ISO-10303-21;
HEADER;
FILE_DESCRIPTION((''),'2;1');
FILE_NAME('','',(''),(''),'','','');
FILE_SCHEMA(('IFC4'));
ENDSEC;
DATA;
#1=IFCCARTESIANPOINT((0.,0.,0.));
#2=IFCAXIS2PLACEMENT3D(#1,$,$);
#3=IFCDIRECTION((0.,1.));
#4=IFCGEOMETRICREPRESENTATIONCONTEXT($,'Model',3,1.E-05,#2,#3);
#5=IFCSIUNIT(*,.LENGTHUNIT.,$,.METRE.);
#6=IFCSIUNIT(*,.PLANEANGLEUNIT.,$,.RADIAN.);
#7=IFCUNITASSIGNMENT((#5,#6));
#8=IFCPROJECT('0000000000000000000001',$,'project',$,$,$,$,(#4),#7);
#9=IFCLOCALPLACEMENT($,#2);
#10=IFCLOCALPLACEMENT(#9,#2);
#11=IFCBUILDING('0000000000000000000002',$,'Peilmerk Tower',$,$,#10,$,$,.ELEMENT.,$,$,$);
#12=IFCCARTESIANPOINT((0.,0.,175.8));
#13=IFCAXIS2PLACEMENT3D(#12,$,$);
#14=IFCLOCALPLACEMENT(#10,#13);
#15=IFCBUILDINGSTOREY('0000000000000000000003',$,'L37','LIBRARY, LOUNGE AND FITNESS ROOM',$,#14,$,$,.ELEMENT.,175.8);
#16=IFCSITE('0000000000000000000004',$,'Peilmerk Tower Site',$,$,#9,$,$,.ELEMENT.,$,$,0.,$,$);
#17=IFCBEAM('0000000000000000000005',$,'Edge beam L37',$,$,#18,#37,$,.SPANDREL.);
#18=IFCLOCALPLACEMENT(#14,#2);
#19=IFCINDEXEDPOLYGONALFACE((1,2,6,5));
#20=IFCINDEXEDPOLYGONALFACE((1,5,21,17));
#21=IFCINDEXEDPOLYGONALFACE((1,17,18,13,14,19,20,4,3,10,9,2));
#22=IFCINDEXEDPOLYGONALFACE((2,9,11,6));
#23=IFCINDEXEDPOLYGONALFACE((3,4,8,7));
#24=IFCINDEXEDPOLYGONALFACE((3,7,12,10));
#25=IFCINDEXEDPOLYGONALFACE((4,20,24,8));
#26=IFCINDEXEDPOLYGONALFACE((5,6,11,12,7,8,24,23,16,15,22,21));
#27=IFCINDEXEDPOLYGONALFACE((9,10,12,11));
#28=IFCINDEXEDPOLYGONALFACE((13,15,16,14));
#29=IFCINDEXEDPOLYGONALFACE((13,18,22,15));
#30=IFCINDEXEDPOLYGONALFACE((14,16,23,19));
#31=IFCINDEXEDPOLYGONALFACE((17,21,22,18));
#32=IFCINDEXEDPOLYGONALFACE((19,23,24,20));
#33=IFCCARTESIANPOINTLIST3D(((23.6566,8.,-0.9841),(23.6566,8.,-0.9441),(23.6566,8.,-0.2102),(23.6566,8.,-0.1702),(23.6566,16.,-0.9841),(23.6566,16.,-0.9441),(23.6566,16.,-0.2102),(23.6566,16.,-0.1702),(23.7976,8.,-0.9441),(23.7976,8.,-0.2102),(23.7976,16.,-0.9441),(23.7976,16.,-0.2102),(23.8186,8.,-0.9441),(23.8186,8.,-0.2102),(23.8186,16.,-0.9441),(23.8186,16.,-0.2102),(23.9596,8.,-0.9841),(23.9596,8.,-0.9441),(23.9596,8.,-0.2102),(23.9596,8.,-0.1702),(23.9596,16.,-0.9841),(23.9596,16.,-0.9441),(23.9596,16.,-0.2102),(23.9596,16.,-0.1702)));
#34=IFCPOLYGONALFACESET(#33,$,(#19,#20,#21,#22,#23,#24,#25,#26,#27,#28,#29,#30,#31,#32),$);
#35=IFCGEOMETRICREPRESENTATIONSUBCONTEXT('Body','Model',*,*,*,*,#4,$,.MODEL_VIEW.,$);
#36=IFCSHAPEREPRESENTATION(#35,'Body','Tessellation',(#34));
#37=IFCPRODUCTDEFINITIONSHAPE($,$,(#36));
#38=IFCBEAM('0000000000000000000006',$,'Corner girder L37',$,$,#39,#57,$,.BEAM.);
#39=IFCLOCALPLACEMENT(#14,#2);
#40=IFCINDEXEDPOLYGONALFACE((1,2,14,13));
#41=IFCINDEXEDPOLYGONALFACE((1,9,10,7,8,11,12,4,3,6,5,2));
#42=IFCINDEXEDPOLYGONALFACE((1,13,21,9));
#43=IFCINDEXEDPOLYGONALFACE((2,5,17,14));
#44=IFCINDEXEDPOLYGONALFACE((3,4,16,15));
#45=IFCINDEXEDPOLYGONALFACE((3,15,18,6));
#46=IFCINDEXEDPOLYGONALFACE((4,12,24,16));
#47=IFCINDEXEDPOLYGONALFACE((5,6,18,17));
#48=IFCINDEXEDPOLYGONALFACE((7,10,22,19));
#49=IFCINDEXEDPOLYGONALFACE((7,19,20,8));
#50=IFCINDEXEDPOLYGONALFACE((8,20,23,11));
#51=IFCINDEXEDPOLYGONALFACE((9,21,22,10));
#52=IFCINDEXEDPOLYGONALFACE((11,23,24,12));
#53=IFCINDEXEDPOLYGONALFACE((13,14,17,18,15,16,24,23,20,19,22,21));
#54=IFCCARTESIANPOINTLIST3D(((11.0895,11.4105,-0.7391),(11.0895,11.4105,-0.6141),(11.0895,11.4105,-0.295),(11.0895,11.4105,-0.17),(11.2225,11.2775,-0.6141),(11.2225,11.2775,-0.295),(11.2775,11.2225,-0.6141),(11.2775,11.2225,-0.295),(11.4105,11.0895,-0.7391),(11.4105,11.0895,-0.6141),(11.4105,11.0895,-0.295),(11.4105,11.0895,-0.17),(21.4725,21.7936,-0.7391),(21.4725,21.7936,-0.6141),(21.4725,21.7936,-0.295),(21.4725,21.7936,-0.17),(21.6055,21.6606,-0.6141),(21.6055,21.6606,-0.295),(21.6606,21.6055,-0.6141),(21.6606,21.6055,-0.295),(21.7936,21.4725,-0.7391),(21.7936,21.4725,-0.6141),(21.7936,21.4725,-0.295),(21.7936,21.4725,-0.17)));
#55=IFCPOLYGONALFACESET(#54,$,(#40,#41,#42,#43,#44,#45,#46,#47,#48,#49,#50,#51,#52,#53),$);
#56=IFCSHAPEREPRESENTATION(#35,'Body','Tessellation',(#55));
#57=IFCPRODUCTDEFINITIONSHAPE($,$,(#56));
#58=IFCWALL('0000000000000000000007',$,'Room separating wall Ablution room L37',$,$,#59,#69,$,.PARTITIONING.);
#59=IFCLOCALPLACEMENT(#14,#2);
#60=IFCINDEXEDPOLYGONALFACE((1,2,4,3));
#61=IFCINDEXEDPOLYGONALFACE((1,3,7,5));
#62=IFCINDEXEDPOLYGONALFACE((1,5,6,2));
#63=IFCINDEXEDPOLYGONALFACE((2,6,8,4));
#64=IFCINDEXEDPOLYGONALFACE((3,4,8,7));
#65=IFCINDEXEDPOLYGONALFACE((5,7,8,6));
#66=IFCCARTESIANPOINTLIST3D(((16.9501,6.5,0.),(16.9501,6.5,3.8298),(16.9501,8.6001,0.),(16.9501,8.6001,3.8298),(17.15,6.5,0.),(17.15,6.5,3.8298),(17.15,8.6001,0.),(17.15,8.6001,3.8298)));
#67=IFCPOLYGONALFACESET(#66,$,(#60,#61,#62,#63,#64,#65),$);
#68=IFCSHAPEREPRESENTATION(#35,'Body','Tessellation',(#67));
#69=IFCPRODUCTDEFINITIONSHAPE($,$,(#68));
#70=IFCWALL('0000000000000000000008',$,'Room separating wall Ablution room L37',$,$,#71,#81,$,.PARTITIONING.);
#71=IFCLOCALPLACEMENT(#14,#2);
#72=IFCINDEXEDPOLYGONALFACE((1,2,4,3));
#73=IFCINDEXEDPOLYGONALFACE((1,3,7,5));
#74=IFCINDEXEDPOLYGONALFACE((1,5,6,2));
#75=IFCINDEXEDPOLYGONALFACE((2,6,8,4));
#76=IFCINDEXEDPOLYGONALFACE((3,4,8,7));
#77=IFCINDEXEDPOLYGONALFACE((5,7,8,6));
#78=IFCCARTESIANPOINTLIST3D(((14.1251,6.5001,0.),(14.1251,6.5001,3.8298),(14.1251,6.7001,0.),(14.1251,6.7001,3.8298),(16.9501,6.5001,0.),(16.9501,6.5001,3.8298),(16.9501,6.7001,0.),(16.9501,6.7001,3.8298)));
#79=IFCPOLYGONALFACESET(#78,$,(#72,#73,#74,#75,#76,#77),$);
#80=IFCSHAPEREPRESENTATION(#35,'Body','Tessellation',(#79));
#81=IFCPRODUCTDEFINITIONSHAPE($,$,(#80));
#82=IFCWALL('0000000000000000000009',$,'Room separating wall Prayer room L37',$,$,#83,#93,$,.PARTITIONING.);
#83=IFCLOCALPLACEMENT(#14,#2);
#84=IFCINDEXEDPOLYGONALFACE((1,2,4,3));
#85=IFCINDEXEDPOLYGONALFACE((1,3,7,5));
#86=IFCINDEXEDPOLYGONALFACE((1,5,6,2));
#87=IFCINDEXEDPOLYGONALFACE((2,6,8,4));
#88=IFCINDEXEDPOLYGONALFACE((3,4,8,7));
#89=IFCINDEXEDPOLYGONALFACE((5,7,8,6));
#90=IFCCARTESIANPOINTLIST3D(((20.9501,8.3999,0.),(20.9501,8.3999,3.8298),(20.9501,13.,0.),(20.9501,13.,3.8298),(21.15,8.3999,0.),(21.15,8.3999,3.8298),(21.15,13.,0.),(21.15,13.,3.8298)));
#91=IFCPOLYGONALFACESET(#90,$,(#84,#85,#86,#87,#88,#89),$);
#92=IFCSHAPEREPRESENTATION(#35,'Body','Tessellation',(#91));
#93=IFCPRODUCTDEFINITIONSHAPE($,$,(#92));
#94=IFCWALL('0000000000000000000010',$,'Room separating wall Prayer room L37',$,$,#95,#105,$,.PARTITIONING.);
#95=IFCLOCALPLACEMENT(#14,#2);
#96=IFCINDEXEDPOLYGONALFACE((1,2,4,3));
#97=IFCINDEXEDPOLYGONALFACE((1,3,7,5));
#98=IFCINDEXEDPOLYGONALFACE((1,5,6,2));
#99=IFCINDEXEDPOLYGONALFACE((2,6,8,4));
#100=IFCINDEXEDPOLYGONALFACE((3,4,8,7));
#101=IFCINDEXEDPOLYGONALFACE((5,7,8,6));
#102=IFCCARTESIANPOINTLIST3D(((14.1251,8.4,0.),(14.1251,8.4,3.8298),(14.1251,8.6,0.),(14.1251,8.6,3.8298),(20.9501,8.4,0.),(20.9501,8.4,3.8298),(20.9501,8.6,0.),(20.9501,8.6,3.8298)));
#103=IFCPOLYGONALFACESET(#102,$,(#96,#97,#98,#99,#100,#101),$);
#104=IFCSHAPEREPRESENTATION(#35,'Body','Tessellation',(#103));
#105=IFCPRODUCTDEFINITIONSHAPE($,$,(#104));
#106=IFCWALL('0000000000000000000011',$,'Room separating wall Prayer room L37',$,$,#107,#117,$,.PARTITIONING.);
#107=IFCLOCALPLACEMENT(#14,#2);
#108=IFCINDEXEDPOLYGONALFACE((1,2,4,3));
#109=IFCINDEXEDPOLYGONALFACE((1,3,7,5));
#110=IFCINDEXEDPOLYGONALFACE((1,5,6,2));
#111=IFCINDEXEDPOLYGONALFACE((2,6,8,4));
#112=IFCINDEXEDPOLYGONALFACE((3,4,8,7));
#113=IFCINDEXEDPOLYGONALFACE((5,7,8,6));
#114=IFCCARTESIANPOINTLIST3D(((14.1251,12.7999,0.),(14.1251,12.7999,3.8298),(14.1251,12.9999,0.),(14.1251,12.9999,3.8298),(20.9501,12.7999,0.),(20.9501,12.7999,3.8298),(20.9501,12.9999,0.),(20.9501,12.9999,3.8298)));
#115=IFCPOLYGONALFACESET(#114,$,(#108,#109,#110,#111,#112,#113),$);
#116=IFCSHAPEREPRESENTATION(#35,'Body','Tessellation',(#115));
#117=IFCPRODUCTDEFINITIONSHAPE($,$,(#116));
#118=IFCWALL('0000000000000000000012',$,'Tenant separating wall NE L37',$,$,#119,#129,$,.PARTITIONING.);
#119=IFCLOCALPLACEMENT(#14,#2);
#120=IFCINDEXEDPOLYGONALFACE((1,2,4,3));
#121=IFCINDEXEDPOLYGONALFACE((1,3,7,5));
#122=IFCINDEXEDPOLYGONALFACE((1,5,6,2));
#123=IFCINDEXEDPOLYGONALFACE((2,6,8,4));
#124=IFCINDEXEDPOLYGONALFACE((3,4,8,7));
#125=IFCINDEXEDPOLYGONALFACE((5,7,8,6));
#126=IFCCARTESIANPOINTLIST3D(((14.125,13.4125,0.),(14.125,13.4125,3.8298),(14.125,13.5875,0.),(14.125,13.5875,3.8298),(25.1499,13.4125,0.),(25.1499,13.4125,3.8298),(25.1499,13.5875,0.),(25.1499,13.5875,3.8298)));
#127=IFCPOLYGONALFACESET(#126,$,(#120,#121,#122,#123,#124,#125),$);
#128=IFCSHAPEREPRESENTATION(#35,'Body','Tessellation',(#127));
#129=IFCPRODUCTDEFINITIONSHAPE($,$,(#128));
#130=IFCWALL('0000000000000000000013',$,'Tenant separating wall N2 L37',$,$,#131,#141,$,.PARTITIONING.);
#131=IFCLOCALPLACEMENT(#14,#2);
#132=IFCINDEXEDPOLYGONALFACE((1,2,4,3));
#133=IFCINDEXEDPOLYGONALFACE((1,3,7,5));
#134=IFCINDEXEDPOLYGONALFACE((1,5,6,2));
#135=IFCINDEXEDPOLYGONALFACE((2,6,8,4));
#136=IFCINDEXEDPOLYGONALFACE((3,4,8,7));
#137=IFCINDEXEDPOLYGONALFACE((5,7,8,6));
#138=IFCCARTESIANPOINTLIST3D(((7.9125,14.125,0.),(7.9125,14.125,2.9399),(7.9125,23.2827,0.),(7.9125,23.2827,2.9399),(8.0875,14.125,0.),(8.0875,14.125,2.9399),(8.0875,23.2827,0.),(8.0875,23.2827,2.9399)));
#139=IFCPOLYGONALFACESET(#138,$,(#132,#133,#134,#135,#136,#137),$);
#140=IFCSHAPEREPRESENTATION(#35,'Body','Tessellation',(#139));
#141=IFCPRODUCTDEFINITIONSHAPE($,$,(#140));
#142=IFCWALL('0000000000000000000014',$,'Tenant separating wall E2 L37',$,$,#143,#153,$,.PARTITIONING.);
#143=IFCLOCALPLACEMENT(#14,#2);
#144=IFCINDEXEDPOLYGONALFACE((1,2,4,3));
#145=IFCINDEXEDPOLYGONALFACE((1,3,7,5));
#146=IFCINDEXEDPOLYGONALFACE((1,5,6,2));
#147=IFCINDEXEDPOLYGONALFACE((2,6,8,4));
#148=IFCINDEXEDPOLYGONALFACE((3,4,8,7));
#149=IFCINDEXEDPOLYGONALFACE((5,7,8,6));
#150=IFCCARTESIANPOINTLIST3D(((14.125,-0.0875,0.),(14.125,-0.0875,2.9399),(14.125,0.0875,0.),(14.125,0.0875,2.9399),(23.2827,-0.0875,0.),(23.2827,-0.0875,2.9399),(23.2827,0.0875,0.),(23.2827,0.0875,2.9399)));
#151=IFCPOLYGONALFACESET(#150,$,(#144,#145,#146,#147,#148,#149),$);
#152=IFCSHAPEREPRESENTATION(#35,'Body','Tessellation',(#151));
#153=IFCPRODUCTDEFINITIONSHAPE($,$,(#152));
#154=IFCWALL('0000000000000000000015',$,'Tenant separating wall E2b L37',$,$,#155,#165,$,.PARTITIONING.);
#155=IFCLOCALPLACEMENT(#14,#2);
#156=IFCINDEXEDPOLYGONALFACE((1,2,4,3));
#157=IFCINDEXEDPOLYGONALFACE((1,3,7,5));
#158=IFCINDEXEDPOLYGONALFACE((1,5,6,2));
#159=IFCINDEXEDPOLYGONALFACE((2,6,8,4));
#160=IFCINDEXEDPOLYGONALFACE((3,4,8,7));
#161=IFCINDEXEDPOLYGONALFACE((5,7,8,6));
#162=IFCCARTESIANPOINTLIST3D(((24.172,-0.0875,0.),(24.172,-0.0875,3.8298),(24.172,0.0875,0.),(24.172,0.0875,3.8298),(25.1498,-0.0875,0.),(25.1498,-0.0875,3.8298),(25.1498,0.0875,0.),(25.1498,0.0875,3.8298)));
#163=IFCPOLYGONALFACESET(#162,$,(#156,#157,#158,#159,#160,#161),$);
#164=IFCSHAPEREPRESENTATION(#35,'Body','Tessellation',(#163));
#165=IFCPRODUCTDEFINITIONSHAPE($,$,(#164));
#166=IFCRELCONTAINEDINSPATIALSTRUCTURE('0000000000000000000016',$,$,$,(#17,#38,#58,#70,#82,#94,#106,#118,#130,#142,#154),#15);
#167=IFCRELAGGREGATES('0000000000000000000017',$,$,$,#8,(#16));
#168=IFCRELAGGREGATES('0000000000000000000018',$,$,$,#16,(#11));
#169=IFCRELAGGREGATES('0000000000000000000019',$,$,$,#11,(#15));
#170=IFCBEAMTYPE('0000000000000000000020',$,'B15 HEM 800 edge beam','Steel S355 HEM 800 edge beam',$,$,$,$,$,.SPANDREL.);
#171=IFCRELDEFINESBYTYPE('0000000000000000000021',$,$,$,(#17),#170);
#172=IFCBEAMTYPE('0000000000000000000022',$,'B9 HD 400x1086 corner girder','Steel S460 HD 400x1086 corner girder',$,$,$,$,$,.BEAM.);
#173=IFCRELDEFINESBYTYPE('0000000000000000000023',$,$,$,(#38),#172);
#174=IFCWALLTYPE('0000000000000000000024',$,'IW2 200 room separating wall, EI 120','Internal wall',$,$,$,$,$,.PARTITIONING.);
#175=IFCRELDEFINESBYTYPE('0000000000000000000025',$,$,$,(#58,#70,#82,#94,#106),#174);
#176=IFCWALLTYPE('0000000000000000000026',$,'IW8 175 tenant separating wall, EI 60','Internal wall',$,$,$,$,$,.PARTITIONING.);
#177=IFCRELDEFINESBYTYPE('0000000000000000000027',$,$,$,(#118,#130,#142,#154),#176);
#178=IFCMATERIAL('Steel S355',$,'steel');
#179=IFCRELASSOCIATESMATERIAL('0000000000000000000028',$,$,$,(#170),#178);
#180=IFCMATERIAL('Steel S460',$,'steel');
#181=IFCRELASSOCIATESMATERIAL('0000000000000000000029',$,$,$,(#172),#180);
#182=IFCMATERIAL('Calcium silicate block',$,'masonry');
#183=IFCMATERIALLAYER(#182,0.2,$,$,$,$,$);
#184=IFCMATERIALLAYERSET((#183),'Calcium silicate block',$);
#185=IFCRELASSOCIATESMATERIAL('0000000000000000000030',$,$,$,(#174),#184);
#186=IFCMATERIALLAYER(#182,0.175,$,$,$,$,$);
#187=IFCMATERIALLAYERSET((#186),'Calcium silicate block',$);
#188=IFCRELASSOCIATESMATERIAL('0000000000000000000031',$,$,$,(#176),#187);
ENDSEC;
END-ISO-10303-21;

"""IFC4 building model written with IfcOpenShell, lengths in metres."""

from ifc_helpers import new_model, si_unit, direction, frame, frame_2d, origin, origin_2d, place, context, subcontext, project, spatial, rectangle, i_section, extrude, material, layer, layer_set, material_profile, profile_set, type_object, element, save


model = new_model("IFC4")

# Units and contexts
model_context = context("Model", 3, precision=1e-05, world=origin(), true_north=direction((0.0, 1.0)))
body_context = subcontext(model_context, "Body", "Model", "MODEL_VIEW")
ifc_project = project(units=[si_unit("LENGTHUNIT", "METRE"), si_unit("PLANEANGLEUNIT", "RADIAN")], contexts=[model_context])

# Site, building, storey
site_placement = place(None, origin())
site = spatial("IfcSite", under=ifc_project, at=site_placement, Name="Peilmerk Tower Site", CompositionType="ELEMENT", RefElevation=0.0)
building_placement = place(site_placement, origin())
building = spatial("IfcBuilding", under=site, at=building_placement, Name="Peilmerk Tower", CompositionType="ELEMENT")
storey_placement = place(building_placement, frame((0.0, 0.0, 175.8)))
storey = spatial("IfcBuildingStorey", under=building, at=storey_placement, Name="L37", Description="LIBRARY, LOUNGE AND FITNESS ROOM", CompositionType="ELEMENT", Elevation=175.8)

# Shared definitions
ifc_material_1 = material(Name="Steel S460", Category="steel")

# Beams
ifc_material_2 = material(Name="Steel S355", Category="steel")
ifc_material_profile_1 = material_profile(ifc_material_2, i_section(OverallWidth=0.303, OverallDepth=0.814, WebThickness=0.021, FlangeThickness=0.04, at=origin_2d()), Name="HEM 800")
ifc_profile_set_1 = profile_set([ifc_material_profile_1], Name="Steel S355")
beam_type_1 = type_object("IfcBeamType", Name="B15 HEM 800 edge beam", Description="Steel S355 HEM 800 edge beam", PredefinedType="SPANDREL", material=ifc_profile_set_1)
for number, where, z_axis, x_axis, name in (
    (1, (23.8081, 8.0, -0.5771), (0.0, 1.0, 0.0), (-1.0, 0.0, 0.0), "Edge beam L37"),
):
    element("IfcBeam", number, at=place(storey_placement, frame(where, z_axis=z_axis, x_axis=x_axis)), inside=storey, type_object=beam_type_1, Name=name, PredefinedType="SPANDREL", context=body_context, shape_type="SweptSolid", body=[
        extrude(i_section(OverallWidth=0.303, OverallDepth=0.814, WebThickness=0.021, FlangeThickness=0.04, at=origin_2d()), origin(), (0.0, 0.0, 1.0), 8.0),
    ])
ifc_material_profile_2 = material_profile(ifc_material_1, i_section(OverallWidth=0.4541, OverallDepth=0.5691, WebThickness=0.0779, FlangeThickness=0.125, at=origin_2d()), Name="HD 400x1086")
ifc_profile_set_2 = profile_set([ifc_material_profile_2], Name="Steel S460")
beam_type_2 = type_object("IfcBeamType", Name="B9 HD 400x1086 corner girder", Description="Steel S460 HD 400x1086 corner girder", PredefinedType="BEAM", material=ifc_profile_set_2)
beam_placement = place(storey_placement, frame((11.25, 11.25, -0.4546), z_axis=(0.707107, 0.707107, 0.0), x_axis=(-0.707107, 0.707107, 0.0)))
element("IfcBeam", 2, at=beam_placement, inside=storey, type_object=beam_type_2, Name="Corner girder L37", PredefinedType="BEAM", context=body_context, shape_type="SweptSolid", body=[
    extrude(i_section(OverallWidth=0.4541, OverallDepth=0.5691, WebThickness=0.0779, FlangeThickness=0.125, at=origin_2d()), origin(), (0.0, 0.0, 1.0), 14.6838),
])

# Walls
ifc_material_3 = material(Name="Calcium silicate block", Category="masonry")
ifc_layer_1 = layer(ifc_material_3, 0.2)
ifc_layer_set_1 = layer_set([ifc_layer_1], Name="Calcium silicate block")
wall_type_1 = type_object("IfcWallType", Name="IW2 200 room separating wall, EI 120", Description="Internal wall", PredefinedType="PARTITIONING", material=ifc_layer_set_1)
wall_1_placement = place(storey_placement, frame((17.05, 6.5, 0.0), z_axis=(0.0, 0.0, 1.0), x_axis=(0.0, 1.0, 0.0)))
element("IfcWall", 3, at=wall_1_placement, inside=storey, type_object=wall_type_1, Name="Room separating wall Ablution room L37", PredefinedType="PARTITIONING", context=body_context, shape_type="SweptSolid", body=[
    extrude(rectangle(XDim=2.1001, YDim=0.2, at=frame_2d((1.05, 0.0))), origin(), (0.0, 0.0, 1.0), 3.8298),
])
wall_2_placement = place(storey_placement, frame((14.125, 6.6001, 0.0), z_axis=(0.0, 0.0, 1.0), x_axis=(1.0, 0.0, 0.0)))
element("IfcWall", 4, at=wall_2_placement, inside=storey, type_object=wall_type_1, Name="Room separating wall Ablution room L37", PredefinedType="PARTITIONING", context=body_context, shape_type="SweptSolid", body=[
    extrude(rectangle(XDim=2.825, YDim=0.2, at=frame_2d((1.4126, 0.0))), origin(), (0.0, 0.0, 1.0), 3.8298),
])
wall_3_placement = place(storey_placement, frame((21.05, 8.3999, 0.0), z_axis=(0.0, 0.0, 1.0), x_axis=(0.0, 1.0, 0.0)))
element("IfcWall", 5, at=wall_3_placement, inside=storey, type_object=wall_type_1, Name="Room separating wall Prayer room L37", PredefinedType="PARTITIONING", context=body_context, shape_type="SweptSolid", body=[
    extrude(rectangle(XDim=4.6001, YDim=0.2, at=frame_2d((2.3, 0.0))), origin(), (0.0, 0.0, 1.0), 3.8298),
])
for number, where, z_axis, x_axis, name in (
    (6, (14.125, 8.5, 0.0), (0.0, 0.0, 1.0), (1.0, 0.0, 0.0), "Room separating wall Prayer room L37"),
    (7, (14.125, 12.8999, 0.0), (0.0, 0.0, 1.0), (1.0, 0.0, 0.0), "Room separating wall Prayer room L37"),
):
    element("IfcWall", number, at=place(storey_placement, frame(where, z_axis=z_axis, x_axis=x_axis)), inside=storey, type_object=wall_type_1, Name=name, PredefinedType="PARTITIONING", context=body_context, shape_type="SweptSolid", body=[
        extrude(rectangle(XDim=6.825, YDim=0.2, at=frame_2d((3.4126, 0.0))), origin(), (0.0, 0.0, 1.0), 3.8298),
    ])
ifc_layer_2 = layer(ifc_material_3, 0.175)
ifc_layer_set_2 = layer_set([ifc_layer_2], Name="Calcium silicate block")
wall_type_2 = type_object("IfcWallType", Name="IW8 175 tenant separating wall, EI 60", Description="Internal wall", PredefinedType="PARTITIONING", material=ifc_layer_set_2)
wall_4_placement = place(storey_placement, frame((14.125, 13.5, 0.0), z_axis=(0.0, 0.0, 1.0), x_axis=(1.0, 0.0, 0.0)))
element("IfcWall", 8, at=wall_4_placement, inside=storey, type_object=wall_type_2, Name="Tenant separating wall NE L37", PredefinedType="PARTITIONING", context=body_context, shape_type="SweptSolid", body=[
    extrude(rectangle(XDim=11.0249, YDim=0.175, at=frame_2d((5.5125, 0.0))), origin(), (0.0, 0.0, 1.0), 3.8298),
])
for number, where, z_axis, x_axis, name in (
    (9, (8.0, 14.125, 0.0), (0.0, 0.0, 1.0), (0.0, 1.0, 0.0), "Tenant separating wall N2 L37"),
    (10, (14.125, 0.0, 0.0), (0.0, 0.0, 1.0), (1.0, 0.0, 0.0), "Tenant separating wall E2 L37"),
):
    element("IfcWall", number, at=place(storey_placement, frame(where, z_axis=z_axis, x_axis=x_axis)), inside=storey, type_object=wall_type_2, Name=name, PredefinedType="PARTITIONING", context=body_context, shape_type="SweptSolid", body=[
        extrude(rectangle(XDim=9.1577, YDim=0.175, at=frame_2d((4.5789, 0.0))), origin(), (0.0, 0.0, 1.0), 2.9399),
    ])
wall_5_placement = place(storey_placement, frame((24.1721, 0.0, 0.0), z_axis=(0.0, 0.0, 1.0), x_axis=(1.0, 0.0, 0.0)))
element("IfcWall", 11, at=wall_5_placement, inside=storey, type_object=wall_type_2, Name="Tenant separating wall E2b L37", PredefinedType="PARTITIONING", context=body_context, shape_type="SweptSolid", body=[
    extrude(rectangle(XDim=0.9778, YDim=0.175, at=frame_2d((0.4888, 0.0))), origin(), (0.0, 0.0, 1.0), 3.8298),
])

save(model, "model.ifc")
